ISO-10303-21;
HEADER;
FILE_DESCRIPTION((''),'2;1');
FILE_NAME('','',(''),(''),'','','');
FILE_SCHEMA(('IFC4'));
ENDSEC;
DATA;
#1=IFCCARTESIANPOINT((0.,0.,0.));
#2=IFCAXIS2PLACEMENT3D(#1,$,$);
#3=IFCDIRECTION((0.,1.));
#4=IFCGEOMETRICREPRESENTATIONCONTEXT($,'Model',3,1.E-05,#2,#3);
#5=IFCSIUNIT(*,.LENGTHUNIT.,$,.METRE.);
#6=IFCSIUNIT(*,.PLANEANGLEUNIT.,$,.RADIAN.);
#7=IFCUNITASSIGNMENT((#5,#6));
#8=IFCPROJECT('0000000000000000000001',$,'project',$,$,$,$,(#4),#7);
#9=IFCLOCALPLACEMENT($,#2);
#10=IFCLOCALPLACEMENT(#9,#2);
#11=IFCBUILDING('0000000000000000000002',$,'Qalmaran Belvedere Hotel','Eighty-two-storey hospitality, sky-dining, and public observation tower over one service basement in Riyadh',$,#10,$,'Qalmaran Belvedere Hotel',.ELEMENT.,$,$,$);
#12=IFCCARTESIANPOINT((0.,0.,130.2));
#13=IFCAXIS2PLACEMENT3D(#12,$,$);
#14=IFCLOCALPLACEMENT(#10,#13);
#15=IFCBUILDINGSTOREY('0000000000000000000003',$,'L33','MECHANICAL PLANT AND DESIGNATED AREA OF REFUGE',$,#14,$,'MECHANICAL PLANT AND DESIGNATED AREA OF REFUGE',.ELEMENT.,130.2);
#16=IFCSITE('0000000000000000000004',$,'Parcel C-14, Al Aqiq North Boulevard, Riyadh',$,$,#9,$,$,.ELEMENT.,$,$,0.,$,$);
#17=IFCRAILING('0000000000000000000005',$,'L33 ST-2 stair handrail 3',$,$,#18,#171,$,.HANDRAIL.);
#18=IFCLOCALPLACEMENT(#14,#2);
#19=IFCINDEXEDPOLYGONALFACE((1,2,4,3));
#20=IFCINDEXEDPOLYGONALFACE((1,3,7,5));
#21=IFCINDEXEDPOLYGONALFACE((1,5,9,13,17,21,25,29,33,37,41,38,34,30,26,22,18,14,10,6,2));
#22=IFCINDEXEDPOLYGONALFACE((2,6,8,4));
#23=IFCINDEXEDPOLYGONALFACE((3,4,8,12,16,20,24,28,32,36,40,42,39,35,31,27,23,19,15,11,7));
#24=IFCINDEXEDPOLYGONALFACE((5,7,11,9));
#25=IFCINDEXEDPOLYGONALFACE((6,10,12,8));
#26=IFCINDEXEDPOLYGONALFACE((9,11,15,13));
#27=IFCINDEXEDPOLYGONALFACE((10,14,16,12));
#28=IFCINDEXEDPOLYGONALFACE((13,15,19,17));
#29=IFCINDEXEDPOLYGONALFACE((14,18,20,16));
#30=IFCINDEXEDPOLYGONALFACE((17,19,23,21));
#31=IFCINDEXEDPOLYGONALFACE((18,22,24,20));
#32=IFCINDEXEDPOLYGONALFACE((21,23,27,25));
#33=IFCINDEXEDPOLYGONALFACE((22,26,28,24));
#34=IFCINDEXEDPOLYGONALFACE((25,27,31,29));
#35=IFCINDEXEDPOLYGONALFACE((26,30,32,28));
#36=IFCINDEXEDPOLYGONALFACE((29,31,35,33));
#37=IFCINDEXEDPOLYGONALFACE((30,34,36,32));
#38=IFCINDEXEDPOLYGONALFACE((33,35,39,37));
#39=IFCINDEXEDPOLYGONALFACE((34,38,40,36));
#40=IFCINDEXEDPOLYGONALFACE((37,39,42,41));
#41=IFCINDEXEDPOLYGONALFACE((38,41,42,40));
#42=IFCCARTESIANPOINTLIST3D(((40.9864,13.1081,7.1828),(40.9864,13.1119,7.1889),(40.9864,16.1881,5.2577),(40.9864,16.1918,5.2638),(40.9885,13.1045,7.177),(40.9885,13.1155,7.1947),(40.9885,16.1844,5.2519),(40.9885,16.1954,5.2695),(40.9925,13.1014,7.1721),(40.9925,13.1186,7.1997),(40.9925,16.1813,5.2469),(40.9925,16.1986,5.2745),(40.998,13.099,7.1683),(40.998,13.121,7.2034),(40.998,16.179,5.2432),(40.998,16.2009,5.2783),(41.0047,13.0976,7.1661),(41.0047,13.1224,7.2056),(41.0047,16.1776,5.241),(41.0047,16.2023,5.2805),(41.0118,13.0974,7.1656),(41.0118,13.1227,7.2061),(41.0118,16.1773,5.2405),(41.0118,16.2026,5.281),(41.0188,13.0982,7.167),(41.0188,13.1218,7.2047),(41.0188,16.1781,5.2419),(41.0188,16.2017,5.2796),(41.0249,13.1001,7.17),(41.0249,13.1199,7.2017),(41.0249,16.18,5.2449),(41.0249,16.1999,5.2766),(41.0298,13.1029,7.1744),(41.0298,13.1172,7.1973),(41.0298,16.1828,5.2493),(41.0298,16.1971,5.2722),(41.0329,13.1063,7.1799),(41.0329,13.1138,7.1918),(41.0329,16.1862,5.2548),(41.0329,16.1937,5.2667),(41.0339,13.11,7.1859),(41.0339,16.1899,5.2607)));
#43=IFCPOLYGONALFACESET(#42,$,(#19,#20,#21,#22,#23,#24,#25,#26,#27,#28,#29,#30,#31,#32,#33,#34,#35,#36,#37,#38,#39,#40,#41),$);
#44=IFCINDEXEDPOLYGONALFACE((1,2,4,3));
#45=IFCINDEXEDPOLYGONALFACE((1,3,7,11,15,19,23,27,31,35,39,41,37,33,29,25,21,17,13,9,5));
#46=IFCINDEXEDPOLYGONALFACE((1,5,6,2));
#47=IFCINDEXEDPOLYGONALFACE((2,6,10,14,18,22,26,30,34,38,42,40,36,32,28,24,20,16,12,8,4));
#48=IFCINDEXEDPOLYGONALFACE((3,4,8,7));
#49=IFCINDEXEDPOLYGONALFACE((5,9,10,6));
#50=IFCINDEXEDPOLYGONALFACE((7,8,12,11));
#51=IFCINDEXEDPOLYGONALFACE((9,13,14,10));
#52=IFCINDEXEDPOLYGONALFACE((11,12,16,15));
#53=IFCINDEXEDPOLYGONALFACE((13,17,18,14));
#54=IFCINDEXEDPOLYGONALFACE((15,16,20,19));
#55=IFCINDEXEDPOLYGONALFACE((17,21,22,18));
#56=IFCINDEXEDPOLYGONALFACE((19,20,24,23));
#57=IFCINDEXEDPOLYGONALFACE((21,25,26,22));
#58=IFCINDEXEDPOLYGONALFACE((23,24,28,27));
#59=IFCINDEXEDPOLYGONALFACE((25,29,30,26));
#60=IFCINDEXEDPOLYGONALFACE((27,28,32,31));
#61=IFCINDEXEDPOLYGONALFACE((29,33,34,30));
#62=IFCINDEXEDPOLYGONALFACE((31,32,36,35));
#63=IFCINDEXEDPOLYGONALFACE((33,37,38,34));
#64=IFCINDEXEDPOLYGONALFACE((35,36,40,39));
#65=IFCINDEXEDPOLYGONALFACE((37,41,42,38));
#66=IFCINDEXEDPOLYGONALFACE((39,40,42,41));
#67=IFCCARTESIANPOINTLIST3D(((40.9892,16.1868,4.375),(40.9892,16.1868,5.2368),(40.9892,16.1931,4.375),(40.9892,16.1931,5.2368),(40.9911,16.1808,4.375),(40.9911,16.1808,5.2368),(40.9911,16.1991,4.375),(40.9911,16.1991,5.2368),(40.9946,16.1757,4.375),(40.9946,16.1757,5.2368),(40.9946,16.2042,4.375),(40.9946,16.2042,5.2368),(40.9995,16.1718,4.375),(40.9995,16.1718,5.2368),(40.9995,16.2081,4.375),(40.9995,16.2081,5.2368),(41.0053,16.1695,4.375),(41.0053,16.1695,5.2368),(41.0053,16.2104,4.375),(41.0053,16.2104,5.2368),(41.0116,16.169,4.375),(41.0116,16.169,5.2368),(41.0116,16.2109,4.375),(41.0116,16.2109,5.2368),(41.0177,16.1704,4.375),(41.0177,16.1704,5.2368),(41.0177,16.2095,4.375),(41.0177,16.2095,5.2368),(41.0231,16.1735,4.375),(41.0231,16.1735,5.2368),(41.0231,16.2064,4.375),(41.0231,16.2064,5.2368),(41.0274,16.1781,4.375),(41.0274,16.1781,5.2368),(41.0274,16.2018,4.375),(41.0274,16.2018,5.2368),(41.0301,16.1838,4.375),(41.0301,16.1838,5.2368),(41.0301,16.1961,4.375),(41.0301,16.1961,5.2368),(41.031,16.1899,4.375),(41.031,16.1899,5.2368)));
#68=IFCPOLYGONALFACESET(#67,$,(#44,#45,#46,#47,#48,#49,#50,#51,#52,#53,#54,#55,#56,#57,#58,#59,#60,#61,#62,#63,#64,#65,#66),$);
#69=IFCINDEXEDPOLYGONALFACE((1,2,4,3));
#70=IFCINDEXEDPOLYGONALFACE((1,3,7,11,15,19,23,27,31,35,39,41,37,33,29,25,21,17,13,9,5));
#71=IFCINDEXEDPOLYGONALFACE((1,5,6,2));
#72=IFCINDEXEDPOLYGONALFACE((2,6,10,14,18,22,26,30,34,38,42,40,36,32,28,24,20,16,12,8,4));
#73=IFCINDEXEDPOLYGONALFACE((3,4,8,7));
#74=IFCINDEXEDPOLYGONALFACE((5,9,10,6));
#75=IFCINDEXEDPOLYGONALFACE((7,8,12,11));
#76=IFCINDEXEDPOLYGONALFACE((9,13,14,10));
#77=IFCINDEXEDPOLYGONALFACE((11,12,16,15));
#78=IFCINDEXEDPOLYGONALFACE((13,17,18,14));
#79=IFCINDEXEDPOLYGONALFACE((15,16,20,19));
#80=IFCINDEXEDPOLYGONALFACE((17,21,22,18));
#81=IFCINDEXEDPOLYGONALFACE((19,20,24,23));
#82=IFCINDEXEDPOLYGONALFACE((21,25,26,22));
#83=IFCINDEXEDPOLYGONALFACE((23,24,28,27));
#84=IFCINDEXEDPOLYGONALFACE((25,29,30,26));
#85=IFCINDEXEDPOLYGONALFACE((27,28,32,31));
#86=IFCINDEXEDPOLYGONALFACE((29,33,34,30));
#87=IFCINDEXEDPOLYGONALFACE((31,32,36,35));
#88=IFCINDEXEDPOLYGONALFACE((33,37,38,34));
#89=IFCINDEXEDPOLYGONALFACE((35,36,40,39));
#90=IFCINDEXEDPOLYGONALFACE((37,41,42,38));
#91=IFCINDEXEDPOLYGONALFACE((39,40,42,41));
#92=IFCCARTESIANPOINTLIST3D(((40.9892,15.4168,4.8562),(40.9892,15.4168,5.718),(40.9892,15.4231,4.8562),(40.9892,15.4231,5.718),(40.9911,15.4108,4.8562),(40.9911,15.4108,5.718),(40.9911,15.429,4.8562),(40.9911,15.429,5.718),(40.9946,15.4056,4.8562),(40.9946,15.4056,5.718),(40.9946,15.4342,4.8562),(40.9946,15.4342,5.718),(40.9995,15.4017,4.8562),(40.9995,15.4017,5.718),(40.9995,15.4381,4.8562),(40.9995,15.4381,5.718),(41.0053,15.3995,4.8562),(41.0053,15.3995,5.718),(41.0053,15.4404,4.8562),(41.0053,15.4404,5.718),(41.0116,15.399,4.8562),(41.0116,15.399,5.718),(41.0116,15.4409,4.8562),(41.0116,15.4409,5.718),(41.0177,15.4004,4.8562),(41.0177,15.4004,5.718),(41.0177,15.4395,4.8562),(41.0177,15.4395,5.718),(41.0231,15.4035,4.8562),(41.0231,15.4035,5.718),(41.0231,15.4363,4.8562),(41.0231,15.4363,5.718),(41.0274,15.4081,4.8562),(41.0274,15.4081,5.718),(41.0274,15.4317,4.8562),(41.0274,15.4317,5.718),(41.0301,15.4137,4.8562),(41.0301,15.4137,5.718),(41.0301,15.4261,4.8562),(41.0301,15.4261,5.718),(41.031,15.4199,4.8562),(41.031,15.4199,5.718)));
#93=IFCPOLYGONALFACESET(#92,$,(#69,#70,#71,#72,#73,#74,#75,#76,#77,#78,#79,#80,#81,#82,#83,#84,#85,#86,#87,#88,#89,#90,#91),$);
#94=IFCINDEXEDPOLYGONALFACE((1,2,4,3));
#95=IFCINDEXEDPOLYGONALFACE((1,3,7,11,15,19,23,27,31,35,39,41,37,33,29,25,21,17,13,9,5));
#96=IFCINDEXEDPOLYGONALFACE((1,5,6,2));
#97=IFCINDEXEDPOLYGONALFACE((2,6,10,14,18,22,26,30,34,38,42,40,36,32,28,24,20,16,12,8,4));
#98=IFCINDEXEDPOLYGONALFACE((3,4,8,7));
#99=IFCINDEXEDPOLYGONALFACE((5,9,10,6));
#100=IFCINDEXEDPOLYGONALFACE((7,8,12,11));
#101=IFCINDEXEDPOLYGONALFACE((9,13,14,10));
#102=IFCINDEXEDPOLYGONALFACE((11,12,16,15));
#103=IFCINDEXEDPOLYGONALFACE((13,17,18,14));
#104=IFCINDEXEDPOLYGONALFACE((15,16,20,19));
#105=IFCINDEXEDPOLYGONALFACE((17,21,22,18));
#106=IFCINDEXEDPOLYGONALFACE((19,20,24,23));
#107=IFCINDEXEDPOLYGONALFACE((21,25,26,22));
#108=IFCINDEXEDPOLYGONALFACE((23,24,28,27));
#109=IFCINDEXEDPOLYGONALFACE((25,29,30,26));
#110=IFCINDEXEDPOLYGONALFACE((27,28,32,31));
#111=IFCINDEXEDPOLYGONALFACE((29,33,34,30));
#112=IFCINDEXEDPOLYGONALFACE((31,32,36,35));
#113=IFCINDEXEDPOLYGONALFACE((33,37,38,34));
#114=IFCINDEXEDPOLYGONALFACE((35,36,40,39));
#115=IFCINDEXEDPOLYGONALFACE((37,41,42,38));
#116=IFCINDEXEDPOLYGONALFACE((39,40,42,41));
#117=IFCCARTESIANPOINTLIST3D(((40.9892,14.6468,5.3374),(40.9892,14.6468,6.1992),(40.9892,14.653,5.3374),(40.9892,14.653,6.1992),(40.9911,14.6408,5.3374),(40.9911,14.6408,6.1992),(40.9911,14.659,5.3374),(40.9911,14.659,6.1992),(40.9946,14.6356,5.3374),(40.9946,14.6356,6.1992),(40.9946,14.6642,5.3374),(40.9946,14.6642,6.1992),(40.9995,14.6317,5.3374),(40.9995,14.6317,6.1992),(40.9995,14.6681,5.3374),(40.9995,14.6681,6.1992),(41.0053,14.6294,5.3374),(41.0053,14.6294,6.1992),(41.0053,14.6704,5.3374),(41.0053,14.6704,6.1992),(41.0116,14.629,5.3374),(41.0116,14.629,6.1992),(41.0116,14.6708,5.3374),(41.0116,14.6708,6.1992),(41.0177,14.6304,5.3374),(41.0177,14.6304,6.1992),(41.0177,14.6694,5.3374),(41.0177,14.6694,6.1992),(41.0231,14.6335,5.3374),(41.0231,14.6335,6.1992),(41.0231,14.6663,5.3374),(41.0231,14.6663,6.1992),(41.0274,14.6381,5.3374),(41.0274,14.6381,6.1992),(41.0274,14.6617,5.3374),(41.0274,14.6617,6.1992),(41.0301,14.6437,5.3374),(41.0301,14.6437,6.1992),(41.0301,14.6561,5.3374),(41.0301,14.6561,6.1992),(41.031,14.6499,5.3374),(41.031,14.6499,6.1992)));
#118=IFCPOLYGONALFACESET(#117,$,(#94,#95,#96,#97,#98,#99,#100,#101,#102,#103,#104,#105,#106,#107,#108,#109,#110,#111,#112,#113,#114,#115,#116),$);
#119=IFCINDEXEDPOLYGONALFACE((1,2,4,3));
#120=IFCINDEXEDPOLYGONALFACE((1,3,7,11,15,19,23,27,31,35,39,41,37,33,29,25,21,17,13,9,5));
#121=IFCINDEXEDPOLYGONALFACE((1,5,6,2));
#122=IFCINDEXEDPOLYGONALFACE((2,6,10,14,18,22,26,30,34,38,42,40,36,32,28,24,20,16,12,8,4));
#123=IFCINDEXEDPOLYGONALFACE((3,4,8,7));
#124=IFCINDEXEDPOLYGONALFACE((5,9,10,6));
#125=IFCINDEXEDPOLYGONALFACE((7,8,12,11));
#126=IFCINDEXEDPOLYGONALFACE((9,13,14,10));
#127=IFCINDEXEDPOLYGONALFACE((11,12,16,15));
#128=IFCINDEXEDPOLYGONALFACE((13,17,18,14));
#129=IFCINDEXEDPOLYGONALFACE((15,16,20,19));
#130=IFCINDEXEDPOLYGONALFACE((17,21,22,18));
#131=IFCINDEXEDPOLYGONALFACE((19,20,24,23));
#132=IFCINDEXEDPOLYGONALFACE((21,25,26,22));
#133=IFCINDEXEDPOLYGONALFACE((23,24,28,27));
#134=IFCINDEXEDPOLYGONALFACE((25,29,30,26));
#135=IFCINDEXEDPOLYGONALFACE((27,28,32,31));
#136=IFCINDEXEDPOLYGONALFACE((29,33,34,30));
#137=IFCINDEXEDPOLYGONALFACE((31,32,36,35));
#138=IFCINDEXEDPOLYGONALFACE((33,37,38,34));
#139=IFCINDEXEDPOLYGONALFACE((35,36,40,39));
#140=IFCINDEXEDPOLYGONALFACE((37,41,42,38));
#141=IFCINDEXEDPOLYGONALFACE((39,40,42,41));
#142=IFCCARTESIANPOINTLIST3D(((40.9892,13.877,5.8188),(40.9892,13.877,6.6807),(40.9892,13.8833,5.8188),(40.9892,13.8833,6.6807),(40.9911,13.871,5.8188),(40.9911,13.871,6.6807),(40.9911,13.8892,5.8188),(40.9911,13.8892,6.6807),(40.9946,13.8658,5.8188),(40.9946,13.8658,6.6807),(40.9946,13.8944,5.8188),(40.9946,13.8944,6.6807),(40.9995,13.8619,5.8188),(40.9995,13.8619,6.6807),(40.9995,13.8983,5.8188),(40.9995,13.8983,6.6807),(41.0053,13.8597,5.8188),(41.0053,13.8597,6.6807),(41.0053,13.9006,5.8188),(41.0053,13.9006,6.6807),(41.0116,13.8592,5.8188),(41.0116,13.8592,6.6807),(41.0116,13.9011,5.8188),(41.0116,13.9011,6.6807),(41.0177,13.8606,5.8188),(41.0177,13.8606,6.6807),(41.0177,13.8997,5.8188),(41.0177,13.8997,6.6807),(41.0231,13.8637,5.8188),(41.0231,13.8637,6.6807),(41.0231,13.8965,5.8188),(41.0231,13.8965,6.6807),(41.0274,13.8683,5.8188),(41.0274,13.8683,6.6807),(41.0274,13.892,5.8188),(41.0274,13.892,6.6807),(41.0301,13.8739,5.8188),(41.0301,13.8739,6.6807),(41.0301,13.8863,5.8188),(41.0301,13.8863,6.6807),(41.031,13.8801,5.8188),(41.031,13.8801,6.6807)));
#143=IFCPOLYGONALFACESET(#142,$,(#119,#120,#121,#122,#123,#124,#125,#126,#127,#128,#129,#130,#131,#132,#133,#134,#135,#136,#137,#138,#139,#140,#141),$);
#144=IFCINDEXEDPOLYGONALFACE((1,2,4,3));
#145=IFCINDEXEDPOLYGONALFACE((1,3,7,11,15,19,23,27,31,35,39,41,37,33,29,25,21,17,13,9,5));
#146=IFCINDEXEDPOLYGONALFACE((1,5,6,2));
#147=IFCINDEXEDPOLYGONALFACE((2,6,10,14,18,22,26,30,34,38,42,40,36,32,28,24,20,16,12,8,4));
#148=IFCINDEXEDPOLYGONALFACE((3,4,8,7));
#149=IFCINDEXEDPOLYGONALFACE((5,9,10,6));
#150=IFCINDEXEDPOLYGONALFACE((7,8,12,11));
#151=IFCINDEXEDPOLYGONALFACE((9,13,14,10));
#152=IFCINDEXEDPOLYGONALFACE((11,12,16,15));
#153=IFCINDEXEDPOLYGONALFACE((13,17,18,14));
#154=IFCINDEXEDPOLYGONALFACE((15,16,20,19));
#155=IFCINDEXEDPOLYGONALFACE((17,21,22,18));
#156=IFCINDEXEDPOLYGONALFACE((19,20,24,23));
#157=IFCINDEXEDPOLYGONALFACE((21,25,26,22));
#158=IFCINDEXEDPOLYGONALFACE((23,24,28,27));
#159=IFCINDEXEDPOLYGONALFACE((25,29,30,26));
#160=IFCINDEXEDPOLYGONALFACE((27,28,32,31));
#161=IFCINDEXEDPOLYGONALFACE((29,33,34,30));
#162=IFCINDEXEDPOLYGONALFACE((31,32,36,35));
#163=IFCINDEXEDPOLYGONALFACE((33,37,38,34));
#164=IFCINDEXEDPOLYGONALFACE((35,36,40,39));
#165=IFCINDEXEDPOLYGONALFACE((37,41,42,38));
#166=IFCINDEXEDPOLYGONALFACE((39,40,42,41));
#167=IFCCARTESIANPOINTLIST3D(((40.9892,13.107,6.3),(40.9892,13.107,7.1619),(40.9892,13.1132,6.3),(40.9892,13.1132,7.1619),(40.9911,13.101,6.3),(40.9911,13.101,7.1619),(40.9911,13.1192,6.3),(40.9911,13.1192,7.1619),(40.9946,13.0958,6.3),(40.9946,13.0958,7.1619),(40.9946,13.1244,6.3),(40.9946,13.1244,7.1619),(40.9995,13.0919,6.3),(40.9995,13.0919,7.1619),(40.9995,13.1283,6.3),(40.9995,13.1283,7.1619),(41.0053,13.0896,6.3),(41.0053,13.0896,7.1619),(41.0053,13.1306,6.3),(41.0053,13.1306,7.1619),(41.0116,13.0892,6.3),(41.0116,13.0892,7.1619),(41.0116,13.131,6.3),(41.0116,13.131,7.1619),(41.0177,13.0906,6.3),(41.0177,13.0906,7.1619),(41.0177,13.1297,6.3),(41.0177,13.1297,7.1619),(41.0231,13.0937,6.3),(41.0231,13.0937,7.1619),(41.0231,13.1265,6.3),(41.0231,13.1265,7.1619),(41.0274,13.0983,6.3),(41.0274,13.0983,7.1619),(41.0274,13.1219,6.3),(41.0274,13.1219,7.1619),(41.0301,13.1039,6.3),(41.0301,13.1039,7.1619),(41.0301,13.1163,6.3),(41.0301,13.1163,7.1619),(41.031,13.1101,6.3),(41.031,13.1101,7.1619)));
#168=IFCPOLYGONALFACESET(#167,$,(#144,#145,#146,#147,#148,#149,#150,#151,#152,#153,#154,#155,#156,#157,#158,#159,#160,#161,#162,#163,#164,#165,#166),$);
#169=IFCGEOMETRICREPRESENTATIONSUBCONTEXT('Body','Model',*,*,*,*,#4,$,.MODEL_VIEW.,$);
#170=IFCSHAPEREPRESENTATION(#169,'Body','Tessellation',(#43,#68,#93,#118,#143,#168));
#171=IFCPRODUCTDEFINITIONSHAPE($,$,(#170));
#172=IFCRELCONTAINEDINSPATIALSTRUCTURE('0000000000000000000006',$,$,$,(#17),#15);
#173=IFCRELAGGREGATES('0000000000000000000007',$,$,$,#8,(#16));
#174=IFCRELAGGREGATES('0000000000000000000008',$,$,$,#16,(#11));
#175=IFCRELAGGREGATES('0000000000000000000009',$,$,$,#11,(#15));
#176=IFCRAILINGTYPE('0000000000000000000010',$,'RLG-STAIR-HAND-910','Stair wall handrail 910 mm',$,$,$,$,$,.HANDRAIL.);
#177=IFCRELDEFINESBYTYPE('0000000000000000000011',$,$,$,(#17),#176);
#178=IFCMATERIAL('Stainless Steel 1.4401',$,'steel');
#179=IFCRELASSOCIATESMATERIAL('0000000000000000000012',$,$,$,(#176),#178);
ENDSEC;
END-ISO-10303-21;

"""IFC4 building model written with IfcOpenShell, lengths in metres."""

from ifc_helpers import new_model, si_unit, direction, frame, origin, origin_2d, place, context, subcontext, project, spatial, circle, extrude, material, type_object, element, save


model = new_model("IFC4")

# Units and contexts
model_context = context("Model", 3, precision=1e-05, world=origin(), true_north=direction((0.0, 1.0)))
body_context = subcontext(model_context, "Body", "Model", "MODEL_VIEW")
ifc_project = project(units=[si_unit("LENGTHUNIT", "METRE"), si_unit("PLANEANGLEUNIT", "RADIAN")], contexts=[model_context])

# Site, building, storey
site_placement = place(None, origin())
site = spatial("IfcSite", under=ifc_project, at=site_placement, Name="Parcel C-14, Al Aqiq North Boulevard, Riyadh", CompositionType="ELEMENT", RefElevation=0.0)
building_placement = place(site_placement, origin())
building = spatial("IfcBuilding", under=site, at=building_placement, Name="Qalmaran Belvedere Hotel", Description="Eighty-two-storey hospitality, sky-dining, and public observation tower over one service basement in Riyadh", LongName="Qalmaran Belvedere Hotel", CompositionType="ELEMENT")
storey_placement = place(building_placement, frame((0.0, 0.0, 130.2)))
storey = spatial("IfcBuildingStorey", under=building, at=storey_placement, Name="L33", Description="MECHANICAL PLANT AND DESIGNATED AREA OF REFUGE", LongName="MECHANICAL PLANT AND DESIGNATED AREA OF REFUGE", CompositionType="ELEMENT", Elevation=130.2)

# Shared definitions
ifc_material_1 = material(Name="Stainless Steel 1.4401", Category="steel")

# Railing
railing_type_1 = type_object("IfcRailingType", Name="RLG-STAIR-HAND-910", Description="Stair wall handrail 910 mm", PredefinedType="HANDRAIL", material=ifc_material_1)
for number, where, name in (
    (1, (41.01, 16.1899, 4.375), "L33 ST-2 stair handrail 3"),
):
    element("IfcRailing", number, at=place(storey_placement, frame(where)), inside=storey, type_object=railing_type_1, Name=name, PredefinedType="HANDRAIL", context=body_context, shape_type="SweptSolid", body=[
        extrude(circle(Radius=0.0239, at=origin_2d()), frame((0.0, 0.0, 0.8857), z_axis=(0.0, -0.847979, 0.530029), x_axis=(1.0, 0.0, 0.0)), (0.0, 0.0, 1.0), 3.6321),
        extrude(circle(Radius=0.021, at=origin_2d()), origin(), (0.0, 0.0, 1.0), 0.8618),
        extrude(circle(Radius=0.021, at=origin_2d()), frame((0.0, -0.77, 0.4812)), (0.0, 0.0, 1.0), 0.8618),
        extrude(circle(Radius=0.021, at=origin_2d()), frame((0.0, -1.54, 0.9624)), (0.0, 0.0, 1.0), 0.8618),
        extrude(circle(Radius=0.021, at=origin_2d()), frame((0.0, -2.3098, 1.4438)), (0.0, 0.0, 1.0), 0.8618),
        extrude(circle(Radius=0.021, at=origin_2d()), frame((0.0, -3.0798, 1.925)), (0.0, 0.0, 1.0), 0.8618),
    ])

save(model, "model.ifc")
